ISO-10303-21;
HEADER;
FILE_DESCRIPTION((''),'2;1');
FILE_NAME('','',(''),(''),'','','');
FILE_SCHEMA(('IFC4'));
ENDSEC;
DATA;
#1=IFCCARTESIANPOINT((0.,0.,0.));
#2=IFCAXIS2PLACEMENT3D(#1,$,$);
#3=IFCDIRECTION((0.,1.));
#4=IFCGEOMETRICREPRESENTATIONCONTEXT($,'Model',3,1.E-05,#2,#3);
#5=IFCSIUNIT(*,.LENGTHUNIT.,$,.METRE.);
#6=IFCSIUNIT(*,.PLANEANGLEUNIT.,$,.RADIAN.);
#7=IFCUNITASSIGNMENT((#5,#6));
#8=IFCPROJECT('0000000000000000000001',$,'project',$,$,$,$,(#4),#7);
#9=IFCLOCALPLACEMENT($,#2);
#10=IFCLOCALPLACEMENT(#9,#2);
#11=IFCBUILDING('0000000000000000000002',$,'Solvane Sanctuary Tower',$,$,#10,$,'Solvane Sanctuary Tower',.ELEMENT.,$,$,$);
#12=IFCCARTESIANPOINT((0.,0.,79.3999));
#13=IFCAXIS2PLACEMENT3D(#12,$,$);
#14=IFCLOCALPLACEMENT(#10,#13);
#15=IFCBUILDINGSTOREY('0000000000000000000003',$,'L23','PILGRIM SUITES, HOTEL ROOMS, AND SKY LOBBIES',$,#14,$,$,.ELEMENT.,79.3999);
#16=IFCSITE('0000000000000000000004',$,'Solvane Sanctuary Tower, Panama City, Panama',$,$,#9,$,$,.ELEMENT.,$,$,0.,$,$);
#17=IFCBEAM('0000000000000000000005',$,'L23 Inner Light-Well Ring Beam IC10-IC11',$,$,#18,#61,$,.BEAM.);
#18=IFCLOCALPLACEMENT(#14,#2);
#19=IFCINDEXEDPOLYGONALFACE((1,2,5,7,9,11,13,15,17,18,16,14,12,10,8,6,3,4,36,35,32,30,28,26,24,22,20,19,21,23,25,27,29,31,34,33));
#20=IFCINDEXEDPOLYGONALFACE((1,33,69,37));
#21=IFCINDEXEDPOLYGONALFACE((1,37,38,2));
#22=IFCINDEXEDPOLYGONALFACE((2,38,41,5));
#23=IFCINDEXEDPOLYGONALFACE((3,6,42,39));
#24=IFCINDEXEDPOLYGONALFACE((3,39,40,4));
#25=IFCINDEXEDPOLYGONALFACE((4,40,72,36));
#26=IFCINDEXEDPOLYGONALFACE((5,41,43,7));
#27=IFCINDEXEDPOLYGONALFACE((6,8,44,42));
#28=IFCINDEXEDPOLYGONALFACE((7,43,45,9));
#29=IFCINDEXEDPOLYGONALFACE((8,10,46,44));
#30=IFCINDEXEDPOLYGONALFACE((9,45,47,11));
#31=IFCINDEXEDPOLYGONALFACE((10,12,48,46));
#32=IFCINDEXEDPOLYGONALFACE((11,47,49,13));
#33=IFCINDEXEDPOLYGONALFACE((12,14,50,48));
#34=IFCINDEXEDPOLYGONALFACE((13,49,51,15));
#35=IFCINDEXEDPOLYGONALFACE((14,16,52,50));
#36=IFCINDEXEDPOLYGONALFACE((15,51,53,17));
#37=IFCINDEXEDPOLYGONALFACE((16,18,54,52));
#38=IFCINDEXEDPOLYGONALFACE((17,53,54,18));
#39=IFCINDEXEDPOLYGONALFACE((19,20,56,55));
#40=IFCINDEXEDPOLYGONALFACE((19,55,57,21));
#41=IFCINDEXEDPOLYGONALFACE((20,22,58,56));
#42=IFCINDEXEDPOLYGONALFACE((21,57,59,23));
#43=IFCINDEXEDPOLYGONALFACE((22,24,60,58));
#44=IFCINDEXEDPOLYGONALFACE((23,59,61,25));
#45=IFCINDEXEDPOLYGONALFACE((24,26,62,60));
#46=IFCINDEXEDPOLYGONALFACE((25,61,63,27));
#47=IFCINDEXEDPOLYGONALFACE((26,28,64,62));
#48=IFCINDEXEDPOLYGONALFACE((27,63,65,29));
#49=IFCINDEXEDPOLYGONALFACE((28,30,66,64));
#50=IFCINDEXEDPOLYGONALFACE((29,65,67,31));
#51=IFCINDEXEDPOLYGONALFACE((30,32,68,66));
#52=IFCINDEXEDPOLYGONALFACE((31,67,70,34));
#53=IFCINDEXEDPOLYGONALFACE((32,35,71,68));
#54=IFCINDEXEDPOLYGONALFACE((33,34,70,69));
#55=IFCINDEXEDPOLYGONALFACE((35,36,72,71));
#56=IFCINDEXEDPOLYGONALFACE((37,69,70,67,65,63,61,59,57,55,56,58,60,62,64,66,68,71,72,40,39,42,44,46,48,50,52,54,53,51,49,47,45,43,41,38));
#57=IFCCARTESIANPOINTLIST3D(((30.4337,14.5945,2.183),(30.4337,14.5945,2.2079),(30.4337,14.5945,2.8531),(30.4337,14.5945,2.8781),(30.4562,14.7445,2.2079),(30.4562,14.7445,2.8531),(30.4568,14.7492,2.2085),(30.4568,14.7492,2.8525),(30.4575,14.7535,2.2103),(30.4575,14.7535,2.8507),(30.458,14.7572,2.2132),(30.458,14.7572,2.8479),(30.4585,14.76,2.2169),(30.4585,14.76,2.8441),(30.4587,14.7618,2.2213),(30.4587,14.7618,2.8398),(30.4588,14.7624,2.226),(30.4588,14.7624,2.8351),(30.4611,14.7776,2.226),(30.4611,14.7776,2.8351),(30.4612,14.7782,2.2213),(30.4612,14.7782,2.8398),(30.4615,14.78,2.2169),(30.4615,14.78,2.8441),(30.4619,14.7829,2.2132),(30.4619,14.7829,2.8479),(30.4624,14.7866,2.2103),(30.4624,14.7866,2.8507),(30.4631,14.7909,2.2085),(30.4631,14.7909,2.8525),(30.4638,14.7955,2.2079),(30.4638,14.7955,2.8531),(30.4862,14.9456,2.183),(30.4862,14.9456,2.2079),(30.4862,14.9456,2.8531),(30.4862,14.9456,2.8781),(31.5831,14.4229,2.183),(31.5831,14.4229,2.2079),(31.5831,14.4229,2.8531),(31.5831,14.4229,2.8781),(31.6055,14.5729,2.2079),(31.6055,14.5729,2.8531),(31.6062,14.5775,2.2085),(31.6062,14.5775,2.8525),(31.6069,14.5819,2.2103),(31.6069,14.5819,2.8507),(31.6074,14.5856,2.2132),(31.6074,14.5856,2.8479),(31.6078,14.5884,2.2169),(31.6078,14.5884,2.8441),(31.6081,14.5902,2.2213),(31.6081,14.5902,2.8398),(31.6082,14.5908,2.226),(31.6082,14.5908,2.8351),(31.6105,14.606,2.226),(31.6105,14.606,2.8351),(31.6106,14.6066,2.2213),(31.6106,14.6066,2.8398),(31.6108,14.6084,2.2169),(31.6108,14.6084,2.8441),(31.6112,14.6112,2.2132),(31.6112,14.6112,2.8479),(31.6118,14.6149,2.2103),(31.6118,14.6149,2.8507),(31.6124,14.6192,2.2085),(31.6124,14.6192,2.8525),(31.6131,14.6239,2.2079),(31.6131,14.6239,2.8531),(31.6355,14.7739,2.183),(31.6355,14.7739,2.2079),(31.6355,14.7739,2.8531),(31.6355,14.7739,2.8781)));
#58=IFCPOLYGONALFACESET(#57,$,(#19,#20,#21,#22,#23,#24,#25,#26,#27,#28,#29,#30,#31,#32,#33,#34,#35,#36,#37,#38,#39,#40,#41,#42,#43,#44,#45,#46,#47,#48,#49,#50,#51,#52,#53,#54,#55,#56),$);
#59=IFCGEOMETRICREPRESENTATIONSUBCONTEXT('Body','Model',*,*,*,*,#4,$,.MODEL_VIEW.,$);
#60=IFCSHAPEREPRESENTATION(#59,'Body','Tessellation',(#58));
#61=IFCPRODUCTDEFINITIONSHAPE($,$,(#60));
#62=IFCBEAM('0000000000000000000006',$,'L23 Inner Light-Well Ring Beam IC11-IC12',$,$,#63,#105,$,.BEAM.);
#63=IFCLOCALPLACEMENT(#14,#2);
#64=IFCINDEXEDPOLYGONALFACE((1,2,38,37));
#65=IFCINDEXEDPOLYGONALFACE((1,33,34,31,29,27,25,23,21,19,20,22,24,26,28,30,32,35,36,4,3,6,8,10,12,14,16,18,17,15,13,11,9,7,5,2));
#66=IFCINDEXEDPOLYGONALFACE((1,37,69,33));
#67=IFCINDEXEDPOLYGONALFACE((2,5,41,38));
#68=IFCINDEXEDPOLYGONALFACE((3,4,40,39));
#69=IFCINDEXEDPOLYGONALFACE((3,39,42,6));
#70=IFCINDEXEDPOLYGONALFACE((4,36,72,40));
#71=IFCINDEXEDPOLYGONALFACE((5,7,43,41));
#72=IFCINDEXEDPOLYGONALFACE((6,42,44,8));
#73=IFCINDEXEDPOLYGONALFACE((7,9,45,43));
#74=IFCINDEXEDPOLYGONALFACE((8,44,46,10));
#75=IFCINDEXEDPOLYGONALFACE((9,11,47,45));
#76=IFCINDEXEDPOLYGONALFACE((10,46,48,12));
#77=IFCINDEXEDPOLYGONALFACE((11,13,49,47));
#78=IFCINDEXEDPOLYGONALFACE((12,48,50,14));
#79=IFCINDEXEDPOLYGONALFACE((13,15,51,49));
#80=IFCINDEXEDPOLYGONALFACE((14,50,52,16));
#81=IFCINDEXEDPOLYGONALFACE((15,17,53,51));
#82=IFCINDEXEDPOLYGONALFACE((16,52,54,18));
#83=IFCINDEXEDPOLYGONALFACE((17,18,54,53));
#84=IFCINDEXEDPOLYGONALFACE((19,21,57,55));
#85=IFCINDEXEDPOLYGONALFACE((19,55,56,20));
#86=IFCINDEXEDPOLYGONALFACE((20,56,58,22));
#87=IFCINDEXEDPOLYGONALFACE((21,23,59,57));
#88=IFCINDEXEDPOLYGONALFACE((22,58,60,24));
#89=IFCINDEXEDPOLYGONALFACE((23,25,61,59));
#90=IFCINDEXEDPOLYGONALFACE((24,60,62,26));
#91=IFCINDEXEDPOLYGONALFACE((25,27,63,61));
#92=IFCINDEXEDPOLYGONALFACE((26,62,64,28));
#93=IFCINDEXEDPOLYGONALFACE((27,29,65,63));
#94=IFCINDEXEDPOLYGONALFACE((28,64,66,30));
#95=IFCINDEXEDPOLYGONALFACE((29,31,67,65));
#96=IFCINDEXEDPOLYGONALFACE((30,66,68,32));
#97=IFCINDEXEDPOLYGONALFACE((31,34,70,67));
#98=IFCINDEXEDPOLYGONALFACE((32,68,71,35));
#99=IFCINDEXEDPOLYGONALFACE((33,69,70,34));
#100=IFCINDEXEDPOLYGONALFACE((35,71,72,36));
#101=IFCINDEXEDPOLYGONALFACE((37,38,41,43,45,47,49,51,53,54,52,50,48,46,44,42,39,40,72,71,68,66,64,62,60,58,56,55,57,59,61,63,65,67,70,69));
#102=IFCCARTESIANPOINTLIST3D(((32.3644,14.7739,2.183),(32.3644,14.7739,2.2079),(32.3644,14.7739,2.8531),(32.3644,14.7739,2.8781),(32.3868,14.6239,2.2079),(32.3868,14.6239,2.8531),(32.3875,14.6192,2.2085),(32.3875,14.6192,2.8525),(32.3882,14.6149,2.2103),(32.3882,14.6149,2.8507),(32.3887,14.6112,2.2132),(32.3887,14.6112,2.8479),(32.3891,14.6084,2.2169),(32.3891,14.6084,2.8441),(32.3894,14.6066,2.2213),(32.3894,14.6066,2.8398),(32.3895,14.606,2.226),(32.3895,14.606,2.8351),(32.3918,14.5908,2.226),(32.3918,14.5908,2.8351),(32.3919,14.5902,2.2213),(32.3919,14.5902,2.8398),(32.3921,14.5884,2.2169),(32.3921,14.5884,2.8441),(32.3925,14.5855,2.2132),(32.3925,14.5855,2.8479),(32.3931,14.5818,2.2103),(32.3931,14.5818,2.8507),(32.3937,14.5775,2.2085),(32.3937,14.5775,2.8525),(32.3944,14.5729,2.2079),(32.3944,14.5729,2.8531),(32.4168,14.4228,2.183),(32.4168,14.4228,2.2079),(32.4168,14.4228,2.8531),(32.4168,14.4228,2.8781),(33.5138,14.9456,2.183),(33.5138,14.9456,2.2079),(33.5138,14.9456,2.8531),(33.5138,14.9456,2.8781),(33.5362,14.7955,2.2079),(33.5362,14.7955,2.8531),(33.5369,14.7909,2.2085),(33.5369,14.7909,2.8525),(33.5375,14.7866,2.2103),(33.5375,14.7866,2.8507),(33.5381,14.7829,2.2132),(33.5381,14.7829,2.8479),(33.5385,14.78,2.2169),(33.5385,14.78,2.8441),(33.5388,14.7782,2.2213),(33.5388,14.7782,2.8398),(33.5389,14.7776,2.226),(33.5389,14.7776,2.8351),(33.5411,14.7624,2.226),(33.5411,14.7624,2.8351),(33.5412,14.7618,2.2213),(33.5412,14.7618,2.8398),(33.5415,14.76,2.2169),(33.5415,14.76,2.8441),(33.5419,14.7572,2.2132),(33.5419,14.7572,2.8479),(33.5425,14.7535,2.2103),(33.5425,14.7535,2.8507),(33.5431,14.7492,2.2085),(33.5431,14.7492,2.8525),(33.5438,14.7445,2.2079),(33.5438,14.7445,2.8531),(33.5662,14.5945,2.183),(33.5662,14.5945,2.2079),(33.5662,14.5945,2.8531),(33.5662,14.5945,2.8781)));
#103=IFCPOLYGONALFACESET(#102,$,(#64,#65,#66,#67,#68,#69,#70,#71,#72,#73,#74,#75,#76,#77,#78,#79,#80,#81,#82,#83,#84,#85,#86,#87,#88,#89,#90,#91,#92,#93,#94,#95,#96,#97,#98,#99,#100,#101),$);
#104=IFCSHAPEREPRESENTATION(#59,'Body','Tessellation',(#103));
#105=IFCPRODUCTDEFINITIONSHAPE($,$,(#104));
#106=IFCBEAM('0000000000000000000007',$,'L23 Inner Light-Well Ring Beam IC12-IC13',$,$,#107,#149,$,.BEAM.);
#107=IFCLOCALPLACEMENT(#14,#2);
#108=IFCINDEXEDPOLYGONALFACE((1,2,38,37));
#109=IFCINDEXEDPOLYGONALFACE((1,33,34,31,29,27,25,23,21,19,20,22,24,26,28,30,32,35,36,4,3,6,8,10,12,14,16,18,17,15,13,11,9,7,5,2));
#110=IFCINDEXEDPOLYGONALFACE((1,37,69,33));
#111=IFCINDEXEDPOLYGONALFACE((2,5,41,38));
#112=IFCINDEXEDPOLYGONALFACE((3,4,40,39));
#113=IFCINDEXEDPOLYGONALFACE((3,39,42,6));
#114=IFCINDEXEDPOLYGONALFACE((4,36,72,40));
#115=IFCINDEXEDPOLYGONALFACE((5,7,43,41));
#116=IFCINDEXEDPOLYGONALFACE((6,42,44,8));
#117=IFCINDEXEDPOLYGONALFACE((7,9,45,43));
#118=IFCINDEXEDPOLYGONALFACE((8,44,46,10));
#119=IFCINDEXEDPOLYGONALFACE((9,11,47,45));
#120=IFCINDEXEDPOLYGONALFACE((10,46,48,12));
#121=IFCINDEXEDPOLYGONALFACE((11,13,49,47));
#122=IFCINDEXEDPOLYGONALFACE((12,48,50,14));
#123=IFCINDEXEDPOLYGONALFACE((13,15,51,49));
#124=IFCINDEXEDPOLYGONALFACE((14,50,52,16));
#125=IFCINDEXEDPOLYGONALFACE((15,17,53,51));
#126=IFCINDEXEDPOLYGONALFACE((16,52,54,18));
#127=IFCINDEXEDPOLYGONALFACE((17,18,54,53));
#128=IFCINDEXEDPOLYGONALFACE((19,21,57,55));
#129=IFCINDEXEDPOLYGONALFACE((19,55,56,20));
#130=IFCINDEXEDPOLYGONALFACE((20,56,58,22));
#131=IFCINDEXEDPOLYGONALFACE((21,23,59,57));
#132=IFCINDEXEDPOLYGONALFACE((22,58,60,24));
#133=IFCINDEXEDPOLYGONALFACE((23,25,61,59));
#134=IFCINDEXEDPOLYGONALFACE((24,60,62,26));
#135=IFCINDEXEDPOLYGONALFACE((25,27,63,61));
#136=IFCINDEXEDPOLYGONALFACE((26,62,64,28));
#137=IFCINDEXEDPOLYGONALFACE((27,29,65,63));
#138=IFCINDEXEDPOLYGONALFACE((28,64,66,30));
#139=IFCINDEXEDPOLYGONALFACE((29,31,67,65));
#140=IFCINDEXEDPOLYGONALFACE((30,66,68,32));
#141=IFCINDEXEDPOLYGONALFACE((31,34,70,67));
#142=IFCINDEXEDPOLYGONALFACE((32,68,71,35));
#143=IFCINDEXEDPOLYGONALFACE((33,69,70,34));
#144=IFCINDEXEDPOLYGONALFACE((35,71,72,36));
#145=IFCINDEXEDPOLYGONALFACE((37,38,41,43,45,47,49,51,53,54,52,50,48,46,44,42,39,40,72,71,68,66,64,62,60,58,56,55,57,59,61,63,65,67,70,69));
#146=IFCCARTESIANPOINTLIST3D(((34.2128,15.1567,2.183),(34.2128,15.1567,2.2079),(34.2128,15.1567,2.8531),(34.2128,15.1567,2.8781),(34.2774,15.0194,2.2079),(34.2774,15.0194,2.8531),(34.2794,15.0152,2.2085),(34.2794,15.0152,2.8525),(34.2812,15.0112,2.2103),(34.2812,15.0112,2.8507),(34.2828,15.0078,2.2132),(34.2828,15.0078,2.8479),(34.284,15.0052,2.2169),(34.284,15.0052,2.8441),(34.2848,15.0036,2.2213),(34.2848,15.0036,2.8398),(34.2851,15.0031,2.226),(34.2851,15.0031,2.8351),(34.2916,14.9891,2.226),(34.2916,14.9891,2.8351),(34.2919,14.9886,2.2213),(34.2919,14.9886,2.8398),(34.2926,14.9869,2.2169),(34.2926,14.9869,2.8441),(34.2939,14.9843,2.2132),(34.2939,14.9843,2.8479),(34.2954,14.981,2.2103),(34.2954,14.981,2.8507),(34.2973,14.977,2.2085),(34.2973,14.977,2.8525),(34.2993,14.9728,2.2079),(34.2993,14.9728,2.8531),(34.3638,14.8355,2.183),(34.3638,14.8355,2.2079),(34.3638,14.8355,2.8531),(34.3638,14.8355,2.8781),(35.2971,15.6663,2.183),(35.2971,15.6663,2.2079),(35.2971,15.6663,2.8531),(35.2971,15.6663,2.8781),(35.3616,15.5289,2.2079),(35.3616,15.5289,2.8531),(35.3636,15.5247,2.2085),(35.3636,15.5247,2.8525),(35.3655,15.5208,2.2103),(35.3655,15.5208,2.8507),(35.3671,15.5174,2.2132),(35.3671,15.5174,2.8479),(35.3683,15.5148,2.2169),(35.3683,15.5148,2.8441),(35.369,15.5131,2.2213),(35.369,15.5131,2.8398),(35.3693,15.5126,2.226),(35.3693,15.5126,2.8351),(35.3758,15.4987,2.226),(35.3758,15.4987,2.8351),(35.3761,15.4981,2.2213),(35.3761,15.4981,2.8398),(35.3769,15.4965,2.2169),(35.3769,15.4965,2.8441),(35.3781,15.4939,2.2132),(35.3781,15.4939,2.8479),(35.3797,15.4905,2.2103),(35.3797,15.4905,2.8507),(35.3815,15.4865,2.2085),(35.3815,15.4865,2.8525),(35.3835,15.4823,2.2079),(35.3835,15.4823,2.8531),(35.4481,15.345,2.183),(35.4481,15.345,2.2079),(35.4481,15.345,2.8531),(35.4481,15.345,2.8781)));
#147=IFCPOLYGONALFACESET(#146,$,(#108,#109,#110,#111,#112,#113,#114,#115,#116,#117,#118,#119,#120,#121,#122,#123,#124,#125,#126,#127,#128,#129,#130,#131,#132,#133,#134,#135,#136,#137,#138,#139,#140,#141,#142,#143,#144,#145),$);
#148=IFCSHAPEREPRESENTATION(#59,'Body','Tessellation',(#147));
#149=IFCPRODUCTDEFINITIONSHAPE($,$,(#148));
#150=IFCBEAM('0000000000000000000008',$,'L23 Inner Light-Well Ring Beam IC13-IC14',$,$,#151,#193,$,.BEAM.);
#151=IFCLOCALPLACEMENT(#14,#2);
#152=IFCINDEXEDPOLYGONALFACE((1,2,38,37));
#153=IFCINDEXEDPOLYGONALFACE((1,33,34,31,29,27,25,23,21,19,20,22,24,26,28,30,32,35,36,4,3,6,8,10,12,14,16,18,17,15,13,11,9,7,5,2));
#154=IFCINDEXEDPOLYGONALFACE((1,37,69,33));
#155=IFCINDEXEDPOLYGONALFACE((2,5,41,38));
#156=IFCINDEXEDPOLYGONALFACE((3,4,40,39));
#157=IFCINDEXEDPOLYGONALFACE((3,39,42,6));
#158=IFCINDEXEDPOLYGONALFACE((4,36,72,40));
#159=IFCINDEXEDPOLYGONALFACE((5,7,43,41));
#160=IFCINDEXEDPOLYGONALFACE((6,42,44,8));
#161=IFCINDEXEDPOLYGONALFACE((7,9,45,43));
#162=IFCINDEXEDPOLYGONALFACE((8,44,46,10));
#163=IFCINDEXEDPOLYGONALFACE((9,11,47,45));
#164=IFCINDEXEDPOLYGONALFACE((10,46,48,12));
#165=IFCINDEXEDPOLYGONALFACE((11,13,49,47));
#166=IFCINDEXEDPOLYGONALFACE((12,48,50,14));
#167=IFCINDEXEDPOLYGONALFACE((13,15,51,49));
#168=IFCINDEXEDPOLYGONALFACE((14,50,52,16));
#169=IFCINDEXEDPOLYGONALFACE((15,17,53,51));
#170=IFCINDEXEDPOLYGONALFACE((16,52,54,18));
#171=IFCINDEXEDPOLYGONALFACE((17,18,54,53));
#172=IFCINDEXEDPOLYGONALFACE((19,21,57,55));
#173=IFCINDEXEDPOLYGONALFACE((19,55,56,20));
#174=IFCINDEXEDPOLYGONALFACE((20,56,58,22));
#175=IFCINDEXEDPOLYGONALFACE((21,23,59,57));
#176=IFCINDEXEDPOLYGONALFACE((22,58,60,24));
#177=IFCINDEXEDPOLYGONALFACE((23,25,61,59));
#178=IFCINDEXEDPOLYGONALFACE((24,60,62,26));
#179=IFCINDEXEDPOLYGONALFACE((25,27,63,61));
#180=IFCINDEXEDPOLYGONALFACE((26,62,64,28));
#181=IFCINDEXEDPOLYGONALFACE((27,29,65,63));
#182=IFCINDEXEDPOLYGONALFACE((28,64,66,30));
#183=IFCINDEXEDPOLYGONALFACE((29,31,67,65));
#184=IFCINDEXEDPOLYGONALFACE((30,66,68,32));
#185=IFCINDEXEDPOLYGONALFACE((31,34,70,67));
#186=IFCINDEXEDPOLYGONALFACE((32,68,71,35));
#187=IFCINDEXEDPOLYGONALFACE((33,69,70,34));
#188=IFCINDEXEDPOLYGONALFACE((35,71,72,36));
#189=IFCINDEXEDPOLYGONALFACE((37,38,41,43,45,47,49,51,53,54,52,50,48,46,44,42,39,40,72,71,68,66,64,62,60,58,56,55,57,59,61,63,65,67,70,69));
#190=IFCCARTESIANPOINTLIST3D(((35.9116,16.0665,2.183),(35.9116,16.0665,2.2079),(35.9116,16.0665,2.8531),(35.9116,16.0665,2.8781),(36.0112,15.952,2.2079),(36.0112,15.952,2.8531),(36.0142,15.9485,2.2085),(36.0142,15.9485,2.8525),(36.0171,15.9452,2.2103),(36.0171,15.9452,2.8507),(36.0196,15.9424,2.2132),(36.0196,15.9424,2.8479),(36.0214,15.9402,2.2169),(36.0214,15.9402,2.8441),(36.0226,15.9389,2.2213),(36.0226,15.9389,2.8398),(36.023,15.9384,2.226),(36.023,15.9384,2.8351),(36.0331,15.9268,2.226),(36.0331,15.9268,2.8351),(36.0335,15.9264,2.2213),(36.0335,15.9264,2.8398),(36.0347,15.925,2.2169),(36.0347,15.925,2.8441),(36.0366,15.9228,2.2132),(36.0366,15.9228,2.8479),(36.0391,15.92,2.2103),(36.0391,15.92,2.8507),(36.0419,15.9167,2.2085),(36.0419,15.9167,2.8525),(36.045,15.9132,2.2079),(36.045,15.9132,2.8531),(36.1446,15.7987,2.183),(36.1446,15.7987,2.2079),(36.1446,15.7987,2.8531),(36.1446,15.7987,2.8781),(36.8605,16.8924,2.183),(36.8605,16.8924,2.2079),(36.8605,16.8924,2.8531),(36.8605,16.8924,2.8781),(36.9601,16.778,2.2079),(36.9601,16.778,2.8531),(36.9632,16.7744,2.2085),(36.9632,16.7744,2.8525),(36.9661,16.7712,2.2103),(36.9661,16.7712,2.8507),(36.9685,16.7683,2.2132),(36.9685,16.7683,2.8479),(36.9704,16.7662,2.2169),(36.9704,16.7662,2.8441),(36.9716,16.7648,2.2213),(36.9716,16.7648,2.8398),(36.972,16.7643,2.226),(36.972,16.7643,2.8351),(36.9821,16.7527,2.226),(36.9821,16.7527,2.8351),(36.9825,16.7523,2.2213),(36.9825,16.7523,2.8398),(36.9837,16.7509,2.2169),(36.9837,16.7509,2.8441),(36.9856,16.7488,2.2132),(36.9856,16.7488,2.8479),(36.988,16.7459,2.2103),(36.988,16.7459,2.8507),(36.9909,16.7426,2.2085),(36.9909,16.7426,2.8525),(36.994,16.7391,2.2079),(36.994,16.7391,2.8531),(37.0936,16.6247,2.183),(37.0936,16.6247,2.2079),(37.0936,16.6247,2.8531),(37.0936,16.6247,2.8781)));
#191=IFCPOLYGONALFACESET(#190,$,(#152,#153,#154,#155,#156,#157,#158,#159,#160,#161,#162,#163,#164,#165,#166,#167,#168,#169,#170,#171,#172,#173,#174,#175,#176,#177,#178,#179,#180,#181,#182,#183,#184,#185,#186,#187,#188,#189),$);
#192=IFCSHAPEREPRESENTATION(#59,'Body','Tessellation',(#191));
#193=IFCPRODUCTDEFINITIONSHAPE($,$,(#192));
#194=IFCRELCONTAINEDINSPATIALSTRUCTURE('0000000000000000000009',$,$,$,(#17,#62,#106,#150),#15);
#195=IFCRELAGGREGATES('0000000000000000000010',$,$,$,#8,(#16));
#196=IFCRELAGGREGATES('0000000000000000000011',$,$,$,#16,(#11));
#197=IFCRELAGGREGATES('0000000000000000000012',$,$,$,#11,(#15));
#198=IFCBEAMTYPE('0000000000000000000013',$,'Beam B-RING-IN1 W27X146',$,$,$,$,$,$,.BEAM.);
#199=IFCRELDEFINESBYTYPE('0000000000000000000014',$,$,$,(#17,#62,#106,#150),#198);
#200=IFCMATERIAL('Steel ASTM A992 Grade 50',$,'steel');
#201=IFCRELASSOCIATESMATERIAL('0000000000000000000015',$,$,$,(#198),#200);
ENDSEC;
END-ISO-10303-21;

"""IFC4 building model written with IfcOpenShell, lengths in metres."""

from ifc_helpers import new_model, si_unit, direction, frame, origin, origin_2d, place, context, subcontext, project, spatial, i_section, extrude, material, material_profile, profile_set, type_object, element, save


model = new_model("IFC4")

# Units and contexts
model_context = context("Model", 3, precision=1e-05, world=origin(), true_north=direction((0.0, 1.0)))
body_context = subcontext(model_context, "Body", "Model", "MODEL_VIEW")
ifc_project = project(units=[si_unit("LENGTHUNIT", "METRE"), si_unit("PLANEANGLEUNIT", "RADIAN")], contexts=[model_context])

# Site, building, storey
site_placement = place(None, origin())
site = spatial("IfcSite", under=ifc_project, at=site_placement, Name="Solvane Sanctuary Tower, Panama City, Panama", CompositionType="ELEMENT", RefElevation=0.0)
building_placement = place(site_placement, origin())
building = spatial("IfcBuilding", under=site, at=building_placement, Name="Solvane Sanctuary Tower", LongName="Solvane Sanctuary Tower", CompositionType="ELEMENT")
storey_placement = place(building_placement, frame((0.0, 0.0, 79.3999)))
storey = spatial("IfcBuildingStorey", under=building, at=storey_placement, Name="L23", Description="PILGRIM SUITES, HOTEL ROOMS, AND SKY LOBBIES", CompositionType="ELEMENT", Elevation=79.3999)

# Beams
ifc_material_1 = material(Name="Steel ASTM A992 Grade 50", Category="steel")
ifc_material_profile_1 = material_profile(ifc_material_1, i_section(OverallWidth=0.355, OverallDepth=0.6951, WebThickness=0.0154, FlangeThickness=0.0249, FilletRadius=0.0181, at=origin_2d()), Name="W27X146")
ifc_profile_set_1 = profile_set([ifc_material_profile_1], Name="Steel ASTM A992 Grade 50")
beam_type_1 = type_object("IfcBeamType", Name="Beam B-RING-IN1 W27X146", PredefinedType="BEAM", material=ifc_profile_set_1)
for number, where, z_axis, x_axis, name in (
    (1, (30.46, 14.77, 2.5305), (0.989035, -0.147683, 0.0), (0.147683, 0.989035, 0.0), "L23 Inner Light-Well Ring Beam IC10-IC11"),
    (2, (32.3906, 14.5984, 2.5305), (0.989035, 0.147683, 0.0), (-0.147683, 0.989035, 0.0), "L23 Inner Light-Well Ring Beam IC11-IC12"),
):
    element("IfcBeam", number, at=place(storey_placement, frame(where, z_axis=z_axis, x_axis=x_axis)), inside=storey, type_object=beam_type_1, Name=name, PredefinedType="BEAM", context=body_context, shape_type="SweptSolid", body=[
        extrude(i_section(OverallWidth=0.355, OverallDepth=0.6951, WebThickness=0.0154, FlangeThickness=0.0249, FilletRadius=0.0181, at=origin_2d()), origin(), (0.0, 0.0, 1.0), 1.1621),
    ])
beam_1_placement = place(storey_placement, frame((34.2883, 14.9961, 2.5305), z_axis=(0.905045, 0.425316, 0.0), x_axis=(-0.425316, 0.905045, 0.0)))
element("IfcBeam", 3, at=beam_1_placement, inside=storey, type_object=beam_type_1, Name="L23 Inner Light-Well Ring Beam IC12-IC13", PredefinedType="BEAM", context=body_context, shape_type="SweptSolid", body=[
    extrude(i_section(OverallWidth=0.355, OverallDepth=0.6951, WebThickness=0.0154, FlangeThickness=0.0249, FilletRadius=0.0181, at=origin_2d()), origin(), (0.0, 0.0, 1.0), 1.198),
])
beam_2_placement = place(storey_placement, frame((36.0281, 15.9326, 2.5305), z_axis=(0.754317, 0.65651, 0.0), x_axis=(-0.65651, 0.754317, 0.0)))
element("IfcBeam", 4, at=beam_2_placement, inside=storey, type_object=beam_type_1, Name="L23 Inner Light-Well Ring Beam IC13-IC14", PredefinedType="BEAM", context=body_context, shape_type="SweptSolid", body=[
    extrude(i_section(OverallWidth=0.355, OverallDepth=0.6951, WebThickness=0.0154, FlangeThickness=0.0249, FilletRadius=0.0181, at=origin_2d()), origin(), (0.0, 0.0, 1.0), 1.2581),
])

save(model, "model.ifc")
